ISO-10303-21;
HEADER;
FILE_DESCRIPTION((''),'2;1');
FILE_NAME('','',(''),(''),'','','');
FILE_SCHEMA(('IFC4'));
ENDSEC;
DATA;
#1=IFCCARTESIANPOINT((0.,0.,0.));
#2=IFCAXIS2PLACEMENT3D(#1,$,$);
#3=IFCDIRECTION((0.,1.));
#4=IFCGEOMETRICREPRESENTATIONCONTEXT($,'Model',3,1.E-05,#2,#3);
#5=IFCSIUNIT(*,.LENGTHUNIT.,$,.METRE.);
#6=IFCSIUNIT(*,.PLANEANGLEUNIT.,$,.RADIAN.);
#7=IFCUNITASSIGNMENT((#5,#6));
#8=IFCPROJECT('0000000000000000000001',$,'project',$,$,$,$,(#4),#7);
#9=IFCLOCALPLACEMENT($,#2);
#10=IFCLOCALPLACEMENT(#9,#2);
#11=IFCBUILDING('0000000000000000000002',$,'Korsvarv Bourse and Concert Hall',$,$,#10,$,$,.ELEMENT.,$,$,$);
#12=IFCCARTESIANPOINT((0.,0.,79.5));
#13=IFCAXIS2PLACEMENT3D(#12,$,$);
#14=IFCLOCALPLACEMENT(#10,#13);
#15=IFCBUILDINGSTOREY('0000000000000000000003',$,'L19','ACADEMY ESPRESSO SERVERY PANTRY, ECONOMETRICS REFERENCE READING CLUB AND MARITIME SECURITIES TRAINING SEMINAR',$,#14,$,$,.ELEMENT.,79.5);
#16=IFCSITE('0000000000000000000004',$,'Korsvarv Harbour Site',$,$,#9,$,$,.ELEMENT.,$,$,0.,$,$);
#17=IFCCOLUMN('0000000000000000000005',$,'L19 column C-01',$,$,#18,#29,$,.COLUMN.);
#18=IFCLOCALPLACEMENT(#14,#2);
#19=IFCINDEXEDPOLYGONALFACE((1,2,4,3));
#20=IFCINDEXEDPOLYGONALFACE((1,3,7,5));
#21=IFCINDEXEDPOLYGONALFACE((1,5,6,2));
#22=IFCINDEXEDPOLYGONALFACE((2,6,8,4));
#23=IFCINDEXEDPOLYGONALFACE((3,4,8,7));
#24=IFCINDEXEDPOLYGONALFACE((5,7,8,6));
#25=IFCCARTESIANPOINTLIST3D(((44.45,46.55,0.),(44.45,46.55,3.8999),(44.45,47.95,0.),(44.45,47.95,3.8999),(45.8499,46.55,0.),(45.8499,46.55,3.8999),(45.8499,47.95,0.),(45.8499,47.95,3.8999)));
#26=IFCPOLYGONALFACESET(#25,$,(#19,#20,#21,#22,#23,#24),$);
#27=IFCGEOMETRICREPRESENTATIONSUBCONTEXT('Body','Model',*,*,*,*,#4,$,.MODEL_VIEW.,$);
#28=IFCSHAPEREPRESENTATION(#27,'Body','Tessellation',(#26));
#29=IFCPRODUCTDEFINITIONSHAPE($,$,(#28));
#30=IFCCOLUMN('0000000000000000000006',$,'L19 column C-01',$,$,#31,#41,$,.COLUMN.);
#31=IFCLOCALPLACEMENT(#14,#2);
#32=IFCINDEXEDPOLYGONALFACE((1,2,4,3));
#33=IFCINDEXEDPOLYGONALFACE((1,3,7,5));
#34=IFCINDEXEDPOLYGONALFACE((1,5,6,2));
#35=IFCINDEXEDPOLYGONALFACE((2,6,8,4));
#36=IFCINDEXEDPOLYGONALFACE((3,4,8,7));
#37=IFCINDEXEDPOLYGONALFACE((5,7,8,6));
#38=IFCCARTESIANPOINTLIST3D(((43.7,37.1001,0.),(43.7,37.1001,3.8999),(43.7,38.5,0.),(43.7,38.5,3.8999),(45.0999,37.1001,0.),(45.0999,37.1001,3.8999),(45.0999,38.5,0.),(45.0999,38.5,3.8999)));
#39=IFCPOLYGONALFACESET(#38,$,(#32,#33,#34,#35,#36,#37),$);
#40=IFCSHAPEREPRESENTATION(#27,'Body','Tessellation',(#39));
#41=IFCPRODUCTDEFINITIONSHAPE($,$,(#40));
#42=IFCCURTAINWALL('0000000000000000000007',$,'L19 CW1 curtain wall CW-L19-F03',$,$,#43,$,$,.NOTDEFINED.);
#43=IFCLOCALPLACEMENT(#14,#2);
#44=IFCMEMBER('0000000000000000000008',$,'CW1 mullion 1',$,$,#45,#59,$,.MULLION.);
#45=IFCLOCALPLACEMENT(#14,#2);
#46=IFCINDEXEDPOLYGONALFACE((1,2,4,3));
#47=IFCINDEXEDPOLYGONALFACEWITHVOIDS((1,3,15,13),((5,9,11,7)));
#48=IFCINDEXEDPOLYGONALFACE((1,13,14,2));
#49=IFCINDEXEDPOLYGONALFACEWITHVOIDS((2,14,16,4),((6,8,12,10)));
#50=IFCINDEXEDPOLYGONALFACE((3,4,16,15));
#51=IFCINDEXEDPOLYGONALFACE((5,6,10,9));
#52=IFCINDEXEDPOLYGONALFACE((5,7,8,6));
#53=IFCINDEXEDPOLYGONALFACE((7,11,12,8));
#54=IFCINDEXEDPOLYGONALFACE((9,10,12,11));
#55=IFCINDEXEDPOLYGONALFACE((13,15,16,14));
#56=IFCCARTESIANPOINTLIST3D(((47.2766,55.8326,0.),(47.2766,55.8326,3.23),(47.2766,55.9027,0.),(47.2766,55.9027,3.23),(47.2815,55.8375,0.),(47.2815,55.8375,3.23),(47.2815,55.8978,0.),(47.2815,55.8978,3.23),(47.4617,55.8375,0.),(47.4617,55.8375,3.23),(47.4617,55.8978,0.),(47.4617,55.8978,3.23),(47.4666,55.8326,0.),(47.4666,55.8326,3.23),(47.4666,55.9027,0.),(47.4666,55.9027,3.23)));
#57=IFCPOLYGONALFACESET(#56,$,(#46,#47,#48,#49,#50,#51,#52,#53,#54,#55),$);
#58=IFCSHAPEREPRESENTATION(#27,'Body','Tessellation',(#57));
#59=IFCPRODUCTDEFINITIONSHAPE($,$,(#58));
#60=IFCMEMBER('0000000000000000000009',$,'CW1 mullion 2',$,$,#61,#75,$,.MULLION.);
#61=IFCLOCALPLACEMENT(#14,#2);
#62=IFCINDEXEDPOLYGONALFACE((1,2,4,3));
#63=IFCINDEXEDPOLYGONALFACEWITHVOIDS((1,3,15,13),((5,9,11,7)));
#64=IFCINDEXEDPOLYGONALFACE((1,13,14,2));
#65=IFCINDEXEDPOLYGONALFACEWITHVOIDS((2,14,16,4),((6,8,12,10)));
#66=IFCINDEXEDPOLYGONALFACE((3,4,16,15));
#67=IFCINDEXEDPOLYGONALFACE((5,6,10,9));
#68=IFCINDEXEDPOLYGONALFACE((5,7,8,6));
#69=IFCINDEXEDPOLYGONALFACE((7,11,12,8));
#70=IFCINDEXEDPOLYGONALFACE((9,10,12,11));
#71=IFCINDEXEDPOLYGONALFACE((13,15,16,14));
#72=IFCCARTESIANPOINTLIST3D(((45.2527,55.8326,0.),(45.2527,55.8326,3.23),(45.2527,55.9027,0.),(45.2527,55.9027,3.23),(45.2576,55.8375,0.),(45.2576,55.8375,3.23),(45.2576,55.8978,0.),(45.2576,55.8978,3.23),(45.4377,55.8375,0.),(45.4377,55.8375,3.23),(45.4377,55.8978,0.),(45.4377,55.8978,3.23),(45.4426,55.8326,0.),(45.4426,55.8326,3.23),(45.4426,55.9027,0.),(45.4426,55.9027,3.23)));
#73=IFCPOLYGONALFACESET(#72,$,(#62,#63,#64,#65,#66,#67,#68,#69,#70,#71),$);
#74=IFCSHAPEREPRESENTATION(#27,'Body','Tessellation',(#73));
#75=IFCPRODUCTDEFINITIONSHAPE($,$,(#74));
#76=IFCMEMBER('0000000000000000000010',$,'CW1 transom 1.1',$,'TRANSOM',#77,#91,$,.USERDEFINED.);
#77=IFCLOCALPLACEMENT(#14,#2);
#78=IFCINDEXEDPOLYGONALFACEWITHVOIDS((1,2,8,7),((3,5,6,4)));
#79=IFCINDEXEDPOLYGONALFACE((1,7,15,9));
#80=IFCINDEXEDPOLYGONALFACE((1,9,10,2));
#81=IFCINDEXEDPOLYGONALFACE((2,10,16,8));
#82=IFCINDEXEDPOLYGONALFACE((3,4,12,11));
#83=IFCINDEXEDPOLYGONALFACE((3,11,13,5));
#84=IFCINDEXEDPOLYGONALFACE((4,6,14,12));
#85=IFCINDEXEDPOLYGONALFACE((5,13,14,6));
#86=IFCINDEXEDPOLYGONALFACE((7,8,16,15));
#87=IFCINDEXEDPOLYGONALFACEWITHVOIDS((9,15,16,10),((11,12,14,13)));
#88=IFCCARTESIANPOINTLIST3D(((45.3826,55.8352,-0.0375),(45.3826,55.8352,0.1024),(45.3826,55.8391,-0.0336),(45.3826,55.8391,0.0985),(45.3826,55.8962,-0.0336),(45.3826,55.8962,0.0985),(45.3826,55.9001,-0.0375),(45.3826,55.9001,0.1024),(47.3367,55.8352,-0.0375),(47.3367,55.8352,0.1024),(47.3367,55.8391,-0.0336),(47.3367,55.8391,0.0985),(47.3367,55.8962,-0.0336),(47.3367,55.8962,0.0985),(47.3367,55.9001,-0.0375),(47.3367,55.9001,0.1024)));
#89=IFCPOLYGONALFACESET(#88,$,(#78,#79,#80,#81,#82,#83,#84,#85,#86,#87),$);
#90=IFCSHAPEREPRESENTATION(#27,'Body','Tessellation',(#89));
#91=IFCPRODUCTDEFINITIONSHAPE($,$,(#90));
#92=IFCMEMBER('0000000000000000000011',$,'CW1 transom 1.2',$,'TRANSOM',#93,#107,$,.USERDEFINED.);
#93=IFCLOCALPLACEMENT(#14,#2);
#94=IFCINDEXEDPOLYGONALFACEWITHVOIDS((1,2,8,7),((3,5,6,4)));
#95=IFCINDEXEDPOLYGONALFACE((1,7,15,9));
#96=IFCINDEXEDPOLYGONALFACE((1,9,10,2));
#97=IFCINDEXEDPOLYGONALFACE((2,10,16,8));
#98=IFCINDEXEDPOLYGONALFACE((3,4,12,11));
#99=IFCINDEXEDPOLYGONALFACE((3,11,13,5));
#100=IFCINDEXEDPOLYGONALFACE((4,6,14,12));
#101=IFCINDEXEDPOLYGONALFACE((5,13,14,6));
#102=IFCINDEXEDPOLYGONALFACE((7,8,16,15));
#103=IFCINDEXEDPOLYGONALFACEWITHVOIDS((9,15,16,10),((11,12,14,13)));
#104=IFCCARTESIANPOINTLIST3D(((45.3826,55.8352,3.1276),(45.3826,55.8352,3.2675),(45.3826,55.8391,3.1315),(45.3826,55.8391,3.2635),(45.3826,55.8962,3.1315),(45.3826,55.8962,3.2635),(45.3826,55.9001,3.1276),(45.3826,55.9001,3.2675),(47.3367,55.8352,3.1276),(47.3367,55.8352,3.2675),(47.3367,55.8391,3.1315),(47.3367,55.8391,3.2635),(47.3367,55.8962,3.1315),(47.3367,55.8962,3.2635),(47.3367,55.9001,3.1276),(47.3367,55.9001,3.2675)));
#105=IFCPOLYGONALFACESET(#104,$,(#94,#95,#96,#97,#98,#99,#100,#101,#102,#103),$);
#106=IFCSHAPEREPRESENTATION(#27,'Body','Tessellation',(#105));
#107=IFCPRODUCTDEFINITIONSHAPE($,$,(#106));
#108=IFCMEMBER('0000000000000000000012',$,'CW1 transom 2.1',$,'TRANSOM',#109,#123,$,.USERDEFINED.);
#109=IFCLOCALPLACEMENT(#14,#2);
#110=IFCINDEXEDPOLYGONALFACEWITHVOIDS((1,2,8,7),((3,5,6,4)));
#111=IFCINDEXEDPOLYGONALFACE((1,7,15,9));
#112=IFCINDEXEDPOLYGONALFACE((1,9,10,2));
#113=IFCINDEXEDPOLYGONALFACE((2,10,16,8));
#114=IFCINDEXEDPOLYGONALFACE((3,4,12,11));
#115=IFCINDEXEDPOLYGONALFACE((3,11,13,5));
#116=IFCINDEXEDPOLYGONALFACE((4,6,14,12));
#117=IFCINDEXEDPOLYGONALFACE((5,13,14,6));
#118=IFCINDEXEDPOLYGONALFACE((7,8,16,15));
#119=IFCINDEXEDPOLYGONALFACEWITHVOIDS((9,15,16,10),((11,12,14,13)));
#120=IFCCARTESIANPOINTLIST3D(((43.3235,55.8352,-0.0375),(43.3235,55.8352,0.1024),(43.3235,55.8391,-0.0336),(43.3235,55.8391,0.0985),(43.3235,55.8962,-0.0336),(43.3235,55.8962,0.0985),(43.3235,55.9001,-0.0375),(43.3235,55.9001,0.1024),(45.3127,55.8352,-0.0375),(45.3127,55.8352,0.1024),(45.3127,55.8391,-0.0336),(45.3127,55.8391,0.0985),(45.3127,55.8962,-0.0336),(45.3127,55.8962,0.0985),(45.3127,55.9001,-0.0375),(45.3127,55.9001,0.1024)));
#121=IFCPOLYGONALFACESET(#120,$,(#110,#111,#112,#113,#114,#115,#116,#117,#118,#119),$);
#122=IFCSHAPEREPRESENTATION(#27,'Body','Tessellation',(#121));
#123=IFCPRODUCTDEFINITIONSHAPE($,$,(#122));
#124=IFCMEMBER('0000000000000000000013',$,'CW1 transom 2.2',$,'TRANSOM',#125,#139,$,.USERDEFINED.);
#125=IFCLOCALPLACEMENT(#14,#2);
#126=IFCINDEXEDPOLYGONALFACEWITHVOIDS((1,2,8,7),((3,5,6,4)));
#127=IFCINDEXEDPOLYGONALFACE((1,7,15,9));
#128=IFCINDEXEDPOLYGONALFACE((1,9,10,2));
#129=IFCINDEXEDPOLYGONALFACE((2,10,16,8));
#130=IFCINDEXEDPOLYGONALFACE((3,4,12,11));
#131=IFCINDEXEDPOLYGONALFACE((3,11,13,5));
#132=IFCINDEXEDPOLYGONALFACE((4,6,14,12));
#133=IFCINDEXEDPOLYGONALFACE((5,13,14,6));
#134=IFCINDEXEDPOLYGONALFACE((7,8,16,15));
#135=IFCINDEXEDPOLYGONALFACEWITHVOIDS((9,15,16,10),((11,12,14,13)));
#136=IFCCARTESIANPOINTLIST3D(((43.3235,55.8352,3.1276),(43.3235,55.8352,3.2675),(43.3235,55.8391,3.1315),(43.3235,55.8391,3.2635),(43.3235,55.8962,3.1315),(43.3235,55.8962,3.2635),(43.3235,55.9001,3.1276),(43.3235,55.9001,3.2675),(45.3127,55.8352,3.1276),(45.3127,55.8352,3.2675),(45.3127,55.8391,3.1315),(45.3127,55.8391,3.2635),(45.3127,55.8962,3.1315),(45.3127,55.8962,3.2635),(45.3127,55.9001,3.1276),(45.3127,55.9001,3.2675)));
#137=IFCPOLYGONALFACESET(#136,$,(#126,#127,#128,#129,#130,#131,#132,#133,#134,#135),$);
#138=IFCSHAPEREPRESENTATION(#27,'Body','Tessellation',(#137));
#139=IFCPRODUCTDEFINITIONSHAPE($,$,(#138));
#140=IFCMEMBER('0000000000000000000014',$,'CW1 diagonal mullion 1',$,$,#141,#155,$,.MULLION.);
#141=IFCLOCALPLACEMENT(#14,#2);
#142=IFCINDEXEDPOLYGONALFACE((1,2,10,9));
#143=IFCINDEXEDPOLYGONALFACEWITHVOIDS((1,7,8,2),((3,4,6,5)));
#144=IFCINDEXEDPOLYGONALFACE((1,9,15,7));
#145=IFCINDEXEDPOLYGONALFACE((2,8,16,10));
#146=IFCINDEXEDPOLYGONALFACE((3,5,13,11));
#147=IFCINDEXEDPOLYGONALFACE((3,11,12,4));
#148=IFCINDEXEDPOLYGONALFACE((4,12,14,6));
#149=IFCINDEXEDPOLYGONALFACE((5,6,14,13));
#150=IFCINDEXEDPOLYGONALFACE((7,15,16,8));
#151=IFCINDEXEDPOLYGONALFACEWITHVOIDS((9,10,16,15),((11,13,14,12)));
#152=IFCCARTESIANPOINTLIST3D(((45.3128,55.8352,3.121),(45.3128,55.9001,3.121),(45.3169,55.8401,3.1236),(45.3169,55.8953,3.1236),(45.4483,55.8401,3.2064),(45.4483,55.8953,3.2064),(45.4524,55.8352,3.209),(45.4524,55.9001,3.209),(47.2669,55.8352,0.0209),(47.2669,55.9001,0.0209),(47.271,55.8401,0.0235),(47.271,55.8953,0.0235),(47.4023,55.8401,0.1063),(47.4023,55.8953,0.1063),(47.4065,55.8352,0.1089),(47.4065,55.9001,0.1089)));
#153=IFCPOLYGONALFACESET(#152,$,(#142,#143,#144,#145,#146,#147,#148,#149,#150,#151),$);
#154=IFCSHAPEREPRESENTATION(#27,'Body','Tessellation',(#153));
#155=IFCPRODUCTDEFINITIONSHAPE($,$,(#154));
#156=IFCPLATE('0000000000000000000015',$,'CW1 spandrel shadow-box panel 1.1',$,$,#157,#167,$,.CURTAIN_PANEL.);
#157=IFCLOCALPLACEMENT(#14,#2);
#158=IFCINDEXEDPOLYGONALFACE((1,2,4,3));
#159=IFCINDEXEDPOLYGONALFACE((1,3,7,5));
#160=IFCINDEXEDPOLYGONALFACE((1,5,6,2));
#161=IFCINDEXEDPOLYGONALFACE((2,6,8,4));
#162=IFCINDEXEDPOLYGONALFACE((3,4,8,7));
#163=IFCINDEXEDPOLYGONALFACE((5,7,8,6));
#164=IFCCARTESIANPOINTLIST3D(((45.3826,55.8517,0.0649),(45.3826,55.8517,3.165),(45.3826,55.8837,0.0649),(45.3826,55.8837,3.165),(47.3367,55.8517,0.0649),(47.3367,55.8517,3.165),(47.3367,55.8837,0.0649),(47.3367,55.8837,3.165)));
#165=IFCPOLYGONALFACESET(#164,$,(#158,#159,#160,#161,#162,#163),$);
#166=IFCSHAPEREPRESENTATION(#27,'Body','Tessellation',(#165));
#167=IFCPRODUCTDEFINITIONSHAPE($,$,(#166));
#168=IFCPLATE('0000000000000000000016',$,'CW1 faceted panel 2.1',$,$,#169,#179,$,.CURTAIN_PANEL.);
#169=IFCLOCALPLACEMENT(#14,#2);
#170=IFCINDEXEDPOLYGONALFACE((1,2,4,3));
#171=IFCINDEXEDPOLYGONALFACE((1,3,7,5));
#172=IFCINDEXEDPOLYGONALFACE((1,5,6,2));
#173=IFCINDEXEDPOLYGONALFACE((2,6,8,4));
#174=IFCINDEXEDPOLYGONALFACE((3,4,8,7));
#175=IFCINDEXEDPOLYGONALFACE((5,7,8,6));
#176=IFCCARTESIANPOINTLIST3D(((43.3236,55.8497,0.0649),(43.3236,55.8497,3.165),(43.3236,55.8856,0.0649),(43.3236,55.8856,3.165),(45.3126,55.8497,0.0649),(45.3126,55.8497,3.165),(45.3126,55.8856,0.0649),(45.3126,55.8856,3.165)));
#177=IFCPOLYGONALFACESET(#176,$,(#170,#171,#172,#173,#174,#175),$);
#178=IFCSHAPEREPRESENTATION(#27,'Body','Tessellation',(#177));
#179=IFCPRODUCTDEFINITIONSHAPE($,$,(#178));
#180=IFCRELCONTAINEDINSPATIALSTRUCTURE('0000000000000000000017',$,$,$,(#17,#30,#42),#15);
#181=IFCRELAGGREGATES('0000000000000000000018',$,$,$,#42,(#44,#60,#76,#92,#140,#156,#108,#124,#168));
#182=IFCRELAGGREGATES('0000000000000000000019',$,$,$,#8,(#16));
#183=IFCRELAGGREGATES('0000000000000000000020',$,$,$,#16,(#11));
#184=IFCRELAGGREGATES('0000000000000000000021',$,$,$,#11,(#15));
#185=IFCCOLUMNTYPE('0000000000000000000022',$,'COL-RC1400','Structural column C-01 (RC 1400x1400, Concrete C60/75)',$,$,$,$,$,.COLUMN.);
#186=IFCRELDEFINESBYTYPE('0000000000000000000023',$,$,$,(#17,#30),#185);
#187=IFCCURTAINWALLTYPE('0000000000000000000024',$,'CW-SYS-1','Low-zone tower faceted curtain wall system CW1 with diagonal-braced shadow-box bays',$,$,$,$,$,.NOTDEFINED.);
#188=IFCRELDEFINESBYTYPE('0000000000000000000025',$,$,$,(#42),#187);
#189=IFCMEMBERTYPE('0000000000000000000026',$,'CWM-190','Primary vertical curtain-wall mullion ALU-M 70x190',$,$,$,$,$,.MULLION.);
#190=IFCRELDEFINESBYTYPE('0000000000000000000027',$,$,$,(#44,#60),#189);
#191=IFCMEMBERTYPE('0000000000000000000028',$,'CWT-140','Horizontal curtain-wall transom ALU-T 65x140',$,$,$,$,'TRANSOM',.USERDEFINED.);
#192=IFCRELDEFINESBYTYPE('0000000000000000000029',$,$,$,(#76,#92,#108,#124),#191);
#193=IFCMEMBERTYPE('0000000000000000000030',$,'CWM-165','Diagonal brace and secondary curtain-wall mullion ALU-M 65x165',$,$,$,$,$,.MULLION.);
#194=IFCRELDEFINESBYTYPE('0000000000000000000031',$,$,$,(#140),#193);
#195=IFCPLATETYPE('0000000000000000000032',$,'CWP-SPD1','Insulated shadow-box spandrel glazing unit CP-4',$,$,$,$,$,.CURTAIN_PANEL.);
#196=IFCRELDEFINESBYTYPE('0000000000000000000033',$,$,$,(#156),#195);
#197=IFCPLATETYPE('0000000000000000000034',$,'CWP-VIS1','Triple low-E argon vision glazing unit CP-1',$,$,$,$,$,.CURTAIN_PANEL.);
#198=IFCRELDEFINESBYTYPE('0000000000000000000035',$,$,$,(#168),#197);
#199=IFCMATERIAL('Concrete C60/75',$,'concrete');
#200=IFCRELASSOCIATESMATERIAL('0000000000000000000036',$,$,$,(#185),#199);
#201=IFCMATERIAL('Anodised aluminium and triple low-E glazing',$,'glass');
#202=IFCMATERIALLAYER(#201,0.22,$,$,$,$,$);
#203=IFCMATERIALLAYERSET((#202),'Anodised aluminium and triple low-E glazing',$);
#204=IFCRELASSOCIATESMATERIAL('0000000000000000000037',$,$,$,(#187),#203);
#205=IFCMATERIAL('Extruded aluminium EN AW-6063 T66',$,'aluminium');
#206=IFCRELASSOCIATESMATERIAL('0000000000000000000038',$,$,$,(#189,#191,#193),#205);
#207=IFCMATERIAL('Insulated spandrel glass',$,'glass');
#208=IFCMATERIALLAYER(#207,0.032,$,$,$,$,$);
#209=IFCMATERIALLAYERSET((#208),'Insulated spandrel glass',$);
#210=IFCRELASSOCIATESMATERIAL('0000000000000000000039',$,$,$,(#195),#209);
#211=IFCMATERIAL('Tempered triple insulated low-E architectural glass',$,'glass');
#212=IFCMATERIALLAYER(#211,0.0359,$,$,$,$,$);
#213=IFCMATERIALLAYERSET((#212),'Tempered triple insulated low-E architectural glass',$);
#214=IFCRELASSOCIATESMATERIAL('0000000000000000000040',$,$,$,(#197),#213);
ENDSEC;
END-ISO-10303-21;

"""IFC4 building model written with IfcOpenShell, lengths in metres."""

from ifc_helpers import new_model, si_unit, direction, frame, origin, origin_2d, place, context, subcontext, project, spatial, rectangle, hollow_rectangle, extrude, source, transform, mapped, material, layer, layer_set, material_profile, profile_set, type_object, element, aggregate, save


model = new_model("IFC4")

# Units and contexts
model_context = context("Model", 3, precision=1e-05, world=origin(), true_north=direction((0.0, 1.0)))
body_context = subcontext(model_context, "Body", "Model", "MODEL_VIEW")
ifc_project = project(units=[si_unit("LENGTHUNIT", "METRE"), si_unit("PLANEANGLEUNIT", "RADIAN")], contexts=[model_context])

# Site, building, storey
site_placement = place(None, origin())
site = spatial("IfcSite", under=ifc_project, at=site_placement, Name="Korsvarv Harbour Site", CompositionType="ELEMENT", RefElevation=0.0)
building_placement = place(site_placement, origin())
building = spatial("IfcBuilding", under=site, at=building_placement, Name="Korsvarv Bourse and Concert Hall", CompositionType="ELEMENT")
storey_placement = place(building_placement, frame((0.0, 0.0, 79.5)))
storey = spatial("IfcBuildingStorey", under=building, at=storey_placement, Name="L19", Description="ACADEMY ESPRESSO SERVERY PANTRY, ECONOMETRICS REFERENCE READING CLUB AND MARITIME SECURITIES TRAINING SEMINAR", CompositionType="ELEMENT", Elevation=79.5)

# Columns
ifc_material_1 = material(Name="Concrete C60/75", Category="concrete")
ifc_material_profile_1 = material_profile(ifc_material_1, rectangle(XDim=1.3999, YDim=1.3999, at=origin_2d()), Name="RC 1400x1400")
ifc_profile_set_1 = profile_set([ifc_material_profile_1], Name="Concrete C60/75")
column_type = type_object("IfcColumnType", Name="COL-RC1400", Description="Structural column C-01 (RC 1400x1400, Concrete C60/75)", PredefinedType="COLUMN", material=ifc_profile_set_1)
shared_shape_1 = source(origin(), body_context, "Body", "SweptSolid", [
    extrude(rectangle(XDim=1.3999, YDim=1.3999, at=origin_2d()), origin(), (0.0, 0.0, 1.0), 3.8999),
])
for number, where, z_axis, x_axis, name in (
    (1, (45.1499, 47.25, 0.0), (0.0, 0.0, 1.0), (1.0, 0.0, 0.0), "L19 column C-01"),
    (2, (44.3999, 37.8, 0.0), (0.0, 0.0, 1.0), (1.0, 0.0, 0.0), "L19 column C-01"),
):
    element("IfcColumn", number, at=place(storey_placement, frame(where, z_axis=z_axis, x_axis=x_axis)), inside=storey, type_object=column_type, Name=name, PredefinedType="COLUMN", context=body_context, shape_type="MappedRepresentation", body=[
        mapped(shared_shape_1, transform((0.0, 0.0, 0.0), scale=1.0)),
    ])

# Curtain wall, members, plates
ifc_material_2 = material(Name="Anodised aluminium and triple low-E glazing", Category="glass")
ifc_layer_1 = layer(ifc_material_2, 0.22)
ifc_layer_set_1 = layer_set([ifc_layer_1], Name="Anodised aluminium and triple low-E glazing")
curtain_wall_type = type_object("IfcCurtainWallType", Name="CW-SYS-1", Description="Low-zone tower faceted curtain wall system CW1 with diagonal-braced shadow-box bays", PredefinedType="NOTDEFINED", material=ifc_layer_set_1)
curtain_wall_placement = place(storey_placement, origin())
curtain_wall = element("IfcCurtainWall", 3, at=curtain_wall_placement, inside=storey, type_object=curtain_wall_type, Name="L19 CW1 curtain wall CW-L19-F03", PredefinedType="NOTDEFINED")
ifc_material_3 = material(Name="Extruded aluminium EN AW-6063 T66", Category="aluminium")
ifc_material_profile_2 = material_profile(ifc_material_3, hollow_rectangle(XDim=0.0701, YDim=0.1899, WallThickness=0.0049, at=origin_2d()), Name="ALU-M 70x190")
ifc_profile_set_2 = profile_set([ifc_material_profile_2], Name="Extruded aluminium EN AW-6063 T66")
member_type_1 = type_object("IfcMemberType", Name="CWM-190", Description="Primary vertical curtain-wall mullion ALU-M 70x190", PredefinedType="MULLION", material=ifc_profile_set_2)
shared_shape_2 = source(origin(), body_context, "Body", "SweptSolid", [
    extrude(hollow_rectangle(XDim=0.0701, YDim=0.1899, WallThickness=0.0049, at=origin_2d()), origin(), (0.0, 0.0, 1.0), 3.23),
])
member_1_placement = place(storey_placement, frame((47.3716, 55.8677, 0.0), z_axis=(0.0, 0.0, 1.0), x_axis=(0.0, -1.0, 0.0)))
member_1 = element("IfcMember", 4, at=member_1_placement, type_object=member_type_1, Name="CW1 mullion 1", PredefinedType="MULLION", context=body_context, shape_type="MappedRepresentation", body=[
    mapped(shared_shape_2, transform((0.0, 0.0, 0.0), scale=1.0)),
])
member_2_placement = place(storey_placement, frame((45.3477, 55.8677, 0.0), z_axis=(0.0, 0.0, 1.0), x_axis=(0.0, -1.0, 0.0)))
member_2 = element("IfcMember", 5, at=member_2_placement, type_object=member_type_1, Name="CW1 mullion 2", PredefinedType="MULLION", context=body_context, shape_type="MappedRepresentation", body=[
    mapped(shared_shape_2, transform((0.0, 0.0, 0.0), scale=1.0)),
])
ifc_material_profile_3 = material_profile(ifc_material_3, hollow_rectangle(XDim=0.0649, YDim=0.1399, WallThickness=0.0039, at=origin_2d()), Name="ALU-T 65x140")
ifc_profile_set_3 = profile_set([ifc_material_profile_3], Name="Extruded aluminium EN AW-6063 T66")
member_type_2 = type_object("IfcMemberType", Name="CWT-140", Description="Horizontal curtain-wall transom ALU-T 65x140", ElementType="TRANSOM", PredefinedType="USERDEFINED", material=ifc_profile_set_3)
shared_shape_3 = source(origin(), body_context, "Body", "SweptSolid", [
    extrude(hollow_rectangle(XDim=0.0649, YDim=0.1399, WallThickness=0.0039, at=origin_2d()), origin(), (0.0, 0.0, 1.0), 1.9541),
])
member_3_placement = place(storey_placement, frame((47.3367, 55.8677, 0.0325), z_axis=(-1.0, 0.0, 0.0), x_axis=(0.0, -1.0, 0.0)))
member_3 = element("IfcMember", 6, at=member_3_placement, type_object=member_type_2, Name="CW1 transom 1.1", ObjectType="TRANSOM", PredefinedType="USERDEFINED", context=body_context, shape_type="MappedRepresentation", body=[
    mapped(shared_shape_3, transform((0.0, 0.0, 0.0), scale=1.0)),
])
member_4_placement = place(storey_placement, frame((47.3367, 55.8677, 3.1975), z_axis=(-1.0, 0.0, 0.0), x_axis=(0.0, -1.0, 0.0)))
member_4 = element("IfcMember", 7, at=member_4_placement, type_object=member_type_2, Name="CW1 transom 1.2", ObjectType="TRANSOM", PredefinedType="USERDEFINED", context=body_context, shape_type="MappedRepresentation", body=[
    mapped(shared_shape_3, transform((0.0, 0.0, 0.0), scale=1.0)),
])
shared_shape_4 = source(origin(), body_context, "Body", "SweptSolid", [
    extrude(hollow_rectangle(XDim=0.0649, YDim=0.1399, WallThickness=0.0039, at=origin_2d()), origin(), (0.0, 0.0, 1.0), 1.9893),
])
member_5_placement = place(storey_placement, frame((45.3127, 55.8677, 0.0325), z_axis=(-1.0, 0.0, 0.0), x_axis=(0.0, -1.0, 0.0)))
member_5 = element("IfcMember", 8, at=member_5_placement, type_object=member_type_2, Name="CW1 transom 2.1", ObjectType="TRANSOM", PredefinedType="USERDEFINED", context=body_context, shape_type="MappedRepresentation", body=[
    mapped(shared_shape_4, transform((0.0, 0.0, 0.0), scale=1.0)),
])
member_6_placement = place(storey_placement, frame((45.3127, 55.8677, 3.1975), z_axis=(-1.0, 0.0, 0.0), x_axis=(0.0, -1.0, 0.0)))
member_6 = element("IfcMember", 9, at=member_6_placement, type_object=member_type_2, Name="CW1 transom 2.2", ObjectType="TRANSOM", PredefinedType="USERDEFINED", context=body_context, shape_type="MappedRepresentation", body=[
    mapped(shared_shape_4, transform((0.0, 0.0, 0.0), scale=1.0)),
])
ifc_material_profile_4 = material_profile(ifc_material_3, hollow_rectangle(XDim=0.0649, YDim=0.165, WallThickness=0.0049, at=origin_2d()), Name="ALU-M 65x165")
ifc_profile_set_4 = profile_set([ifc_material_profile_4], Name="Extruded aluminium EN AW-6063 T66")
member_type_3 = type_object("IfcMemberType", Name="CWM-165", Description="Diagonal brace and secondary curtain-wall mullion ALU-M 65x165", PredefinedType="MULLION", material=ifc_profile_set_4)
shared_shape_5 = source(origin(), body_context, "Body", "SweptSolid", [
    extrude(hollow_rectangle(XDim=0.0649, YDim=0.165, WallThickness=0.0049, at=origin_2d()), origin(), (0.0, 0.0, 1.0), 3.6646),
])
member_7_placement = place(storey_placement, frame((47.3367, 55.8677, 0.0649), z_axis=(-0.533241, 0.0, 0.845963), x_axis=(0.0, -1.0, 0.0)))
member_7 = element("IfcMember", 10, at=member_7_placement, type_object=member_type_3, Name="CW1 diagonal mullion 1", PredefinedType="MULLION", context=body_context, shape_type="MappedRepresentation", body=[
    mapped(shared_shape_5, transform((0.0, 0.0, 0.0), scale=1.0)),
])
ifc_material_4 = material(Name="Insulated spandrel glass", Category="glass")
ifc_layer_2 = layer(ifc_material_4, 0.032)
ifc_layer_set_2 = layer_set([ifc_layer_2], Name="Insulated spandrel glass")
plate_type_1 = type_object("IfcPlateType", Name="CWP-SPD1", Description="Insulated shadow-box spandrel glazing unit CP-4", PredefinedType="CURTAIN_PANEL", material=ifc_layer_set_2)
shared_shape_6 = source(origin(), body_context, "Body", "SweptSolid", [
    extrude(rectangle(XDim=1.9541, YDim=0.032, at=origin_2d()), origin(), (0.0, 0.0, 1.0), 3.1001),
])
plate_1_placement = place(storey_placement, frame((46.3596, 55.8677, 0.0649), z_axis=(0.0, 0.0, 1.0), x_axis=(-1.0, 0.0, 0.0)))
plate_1 = element("IfcPlate", 11, at=plate_1_placement, type_object=plate_type_1, Name="CW1 spandrel shadow-box panel 1.1", PredefinedType="CURTAIN_PANEL", context=body_context, shape_type="MappedRepresentation", body=[
    mapped(shared_shape_6, transform((0.0, 0.0, 0.0), scale=1.0)),
])
ifc_material_5 = material(Name="Tempered triple insulated low-E architectural glass", Category="glass")
ifc_layer_3 = layer(ifc_material_5, 0.0359)
ifc_layer_set_3 = layer_set([ifc_layer_3], Name="Tempered triple insulated low-E architectural glass")
plate_type_2 = type_object("IfcPlateType", Name="CWP-VIS1", Description="Triple low-E argon vision glazing unit CP-1", PredefinedType="CURTAIN_PANEL", material=ifc_layer_set_3)
shared_shape_7 = source(origin(), body_context, "Body", "SweptSolid", [
    extrude(rectangle(XDim=1.989, YDim=0.0359, at=origin_2d()), origin(), (0.0, 0.0, 1.0), 3.1001),
])
plate_2_placement = place(storey_placement, frame((44.3181, 55.8677, 0.0649), z_axis=(0.0, 0.0, 1.0), x_axis=(-1.0, 0.0, 0.0)))
plate_2 = element("IfcPlate", 12, at=plate_2_placement, type_object=plate_type_2, Name="CW1 faceted panel 2.1", PredefinedType="CURTAIN_PANEL", context=body_context, shape_type="MappedRepresentation", body=[
    mapped(shared_shape_7, transform((0.0, 0.0, 0.0), scale=1.0)),
])
aggregate(curtain_wall, [member_1, member_2, member_3, member_4, member_7, plate_1, member_5, member_6, plate_2])

save(model, "model.ifc")
